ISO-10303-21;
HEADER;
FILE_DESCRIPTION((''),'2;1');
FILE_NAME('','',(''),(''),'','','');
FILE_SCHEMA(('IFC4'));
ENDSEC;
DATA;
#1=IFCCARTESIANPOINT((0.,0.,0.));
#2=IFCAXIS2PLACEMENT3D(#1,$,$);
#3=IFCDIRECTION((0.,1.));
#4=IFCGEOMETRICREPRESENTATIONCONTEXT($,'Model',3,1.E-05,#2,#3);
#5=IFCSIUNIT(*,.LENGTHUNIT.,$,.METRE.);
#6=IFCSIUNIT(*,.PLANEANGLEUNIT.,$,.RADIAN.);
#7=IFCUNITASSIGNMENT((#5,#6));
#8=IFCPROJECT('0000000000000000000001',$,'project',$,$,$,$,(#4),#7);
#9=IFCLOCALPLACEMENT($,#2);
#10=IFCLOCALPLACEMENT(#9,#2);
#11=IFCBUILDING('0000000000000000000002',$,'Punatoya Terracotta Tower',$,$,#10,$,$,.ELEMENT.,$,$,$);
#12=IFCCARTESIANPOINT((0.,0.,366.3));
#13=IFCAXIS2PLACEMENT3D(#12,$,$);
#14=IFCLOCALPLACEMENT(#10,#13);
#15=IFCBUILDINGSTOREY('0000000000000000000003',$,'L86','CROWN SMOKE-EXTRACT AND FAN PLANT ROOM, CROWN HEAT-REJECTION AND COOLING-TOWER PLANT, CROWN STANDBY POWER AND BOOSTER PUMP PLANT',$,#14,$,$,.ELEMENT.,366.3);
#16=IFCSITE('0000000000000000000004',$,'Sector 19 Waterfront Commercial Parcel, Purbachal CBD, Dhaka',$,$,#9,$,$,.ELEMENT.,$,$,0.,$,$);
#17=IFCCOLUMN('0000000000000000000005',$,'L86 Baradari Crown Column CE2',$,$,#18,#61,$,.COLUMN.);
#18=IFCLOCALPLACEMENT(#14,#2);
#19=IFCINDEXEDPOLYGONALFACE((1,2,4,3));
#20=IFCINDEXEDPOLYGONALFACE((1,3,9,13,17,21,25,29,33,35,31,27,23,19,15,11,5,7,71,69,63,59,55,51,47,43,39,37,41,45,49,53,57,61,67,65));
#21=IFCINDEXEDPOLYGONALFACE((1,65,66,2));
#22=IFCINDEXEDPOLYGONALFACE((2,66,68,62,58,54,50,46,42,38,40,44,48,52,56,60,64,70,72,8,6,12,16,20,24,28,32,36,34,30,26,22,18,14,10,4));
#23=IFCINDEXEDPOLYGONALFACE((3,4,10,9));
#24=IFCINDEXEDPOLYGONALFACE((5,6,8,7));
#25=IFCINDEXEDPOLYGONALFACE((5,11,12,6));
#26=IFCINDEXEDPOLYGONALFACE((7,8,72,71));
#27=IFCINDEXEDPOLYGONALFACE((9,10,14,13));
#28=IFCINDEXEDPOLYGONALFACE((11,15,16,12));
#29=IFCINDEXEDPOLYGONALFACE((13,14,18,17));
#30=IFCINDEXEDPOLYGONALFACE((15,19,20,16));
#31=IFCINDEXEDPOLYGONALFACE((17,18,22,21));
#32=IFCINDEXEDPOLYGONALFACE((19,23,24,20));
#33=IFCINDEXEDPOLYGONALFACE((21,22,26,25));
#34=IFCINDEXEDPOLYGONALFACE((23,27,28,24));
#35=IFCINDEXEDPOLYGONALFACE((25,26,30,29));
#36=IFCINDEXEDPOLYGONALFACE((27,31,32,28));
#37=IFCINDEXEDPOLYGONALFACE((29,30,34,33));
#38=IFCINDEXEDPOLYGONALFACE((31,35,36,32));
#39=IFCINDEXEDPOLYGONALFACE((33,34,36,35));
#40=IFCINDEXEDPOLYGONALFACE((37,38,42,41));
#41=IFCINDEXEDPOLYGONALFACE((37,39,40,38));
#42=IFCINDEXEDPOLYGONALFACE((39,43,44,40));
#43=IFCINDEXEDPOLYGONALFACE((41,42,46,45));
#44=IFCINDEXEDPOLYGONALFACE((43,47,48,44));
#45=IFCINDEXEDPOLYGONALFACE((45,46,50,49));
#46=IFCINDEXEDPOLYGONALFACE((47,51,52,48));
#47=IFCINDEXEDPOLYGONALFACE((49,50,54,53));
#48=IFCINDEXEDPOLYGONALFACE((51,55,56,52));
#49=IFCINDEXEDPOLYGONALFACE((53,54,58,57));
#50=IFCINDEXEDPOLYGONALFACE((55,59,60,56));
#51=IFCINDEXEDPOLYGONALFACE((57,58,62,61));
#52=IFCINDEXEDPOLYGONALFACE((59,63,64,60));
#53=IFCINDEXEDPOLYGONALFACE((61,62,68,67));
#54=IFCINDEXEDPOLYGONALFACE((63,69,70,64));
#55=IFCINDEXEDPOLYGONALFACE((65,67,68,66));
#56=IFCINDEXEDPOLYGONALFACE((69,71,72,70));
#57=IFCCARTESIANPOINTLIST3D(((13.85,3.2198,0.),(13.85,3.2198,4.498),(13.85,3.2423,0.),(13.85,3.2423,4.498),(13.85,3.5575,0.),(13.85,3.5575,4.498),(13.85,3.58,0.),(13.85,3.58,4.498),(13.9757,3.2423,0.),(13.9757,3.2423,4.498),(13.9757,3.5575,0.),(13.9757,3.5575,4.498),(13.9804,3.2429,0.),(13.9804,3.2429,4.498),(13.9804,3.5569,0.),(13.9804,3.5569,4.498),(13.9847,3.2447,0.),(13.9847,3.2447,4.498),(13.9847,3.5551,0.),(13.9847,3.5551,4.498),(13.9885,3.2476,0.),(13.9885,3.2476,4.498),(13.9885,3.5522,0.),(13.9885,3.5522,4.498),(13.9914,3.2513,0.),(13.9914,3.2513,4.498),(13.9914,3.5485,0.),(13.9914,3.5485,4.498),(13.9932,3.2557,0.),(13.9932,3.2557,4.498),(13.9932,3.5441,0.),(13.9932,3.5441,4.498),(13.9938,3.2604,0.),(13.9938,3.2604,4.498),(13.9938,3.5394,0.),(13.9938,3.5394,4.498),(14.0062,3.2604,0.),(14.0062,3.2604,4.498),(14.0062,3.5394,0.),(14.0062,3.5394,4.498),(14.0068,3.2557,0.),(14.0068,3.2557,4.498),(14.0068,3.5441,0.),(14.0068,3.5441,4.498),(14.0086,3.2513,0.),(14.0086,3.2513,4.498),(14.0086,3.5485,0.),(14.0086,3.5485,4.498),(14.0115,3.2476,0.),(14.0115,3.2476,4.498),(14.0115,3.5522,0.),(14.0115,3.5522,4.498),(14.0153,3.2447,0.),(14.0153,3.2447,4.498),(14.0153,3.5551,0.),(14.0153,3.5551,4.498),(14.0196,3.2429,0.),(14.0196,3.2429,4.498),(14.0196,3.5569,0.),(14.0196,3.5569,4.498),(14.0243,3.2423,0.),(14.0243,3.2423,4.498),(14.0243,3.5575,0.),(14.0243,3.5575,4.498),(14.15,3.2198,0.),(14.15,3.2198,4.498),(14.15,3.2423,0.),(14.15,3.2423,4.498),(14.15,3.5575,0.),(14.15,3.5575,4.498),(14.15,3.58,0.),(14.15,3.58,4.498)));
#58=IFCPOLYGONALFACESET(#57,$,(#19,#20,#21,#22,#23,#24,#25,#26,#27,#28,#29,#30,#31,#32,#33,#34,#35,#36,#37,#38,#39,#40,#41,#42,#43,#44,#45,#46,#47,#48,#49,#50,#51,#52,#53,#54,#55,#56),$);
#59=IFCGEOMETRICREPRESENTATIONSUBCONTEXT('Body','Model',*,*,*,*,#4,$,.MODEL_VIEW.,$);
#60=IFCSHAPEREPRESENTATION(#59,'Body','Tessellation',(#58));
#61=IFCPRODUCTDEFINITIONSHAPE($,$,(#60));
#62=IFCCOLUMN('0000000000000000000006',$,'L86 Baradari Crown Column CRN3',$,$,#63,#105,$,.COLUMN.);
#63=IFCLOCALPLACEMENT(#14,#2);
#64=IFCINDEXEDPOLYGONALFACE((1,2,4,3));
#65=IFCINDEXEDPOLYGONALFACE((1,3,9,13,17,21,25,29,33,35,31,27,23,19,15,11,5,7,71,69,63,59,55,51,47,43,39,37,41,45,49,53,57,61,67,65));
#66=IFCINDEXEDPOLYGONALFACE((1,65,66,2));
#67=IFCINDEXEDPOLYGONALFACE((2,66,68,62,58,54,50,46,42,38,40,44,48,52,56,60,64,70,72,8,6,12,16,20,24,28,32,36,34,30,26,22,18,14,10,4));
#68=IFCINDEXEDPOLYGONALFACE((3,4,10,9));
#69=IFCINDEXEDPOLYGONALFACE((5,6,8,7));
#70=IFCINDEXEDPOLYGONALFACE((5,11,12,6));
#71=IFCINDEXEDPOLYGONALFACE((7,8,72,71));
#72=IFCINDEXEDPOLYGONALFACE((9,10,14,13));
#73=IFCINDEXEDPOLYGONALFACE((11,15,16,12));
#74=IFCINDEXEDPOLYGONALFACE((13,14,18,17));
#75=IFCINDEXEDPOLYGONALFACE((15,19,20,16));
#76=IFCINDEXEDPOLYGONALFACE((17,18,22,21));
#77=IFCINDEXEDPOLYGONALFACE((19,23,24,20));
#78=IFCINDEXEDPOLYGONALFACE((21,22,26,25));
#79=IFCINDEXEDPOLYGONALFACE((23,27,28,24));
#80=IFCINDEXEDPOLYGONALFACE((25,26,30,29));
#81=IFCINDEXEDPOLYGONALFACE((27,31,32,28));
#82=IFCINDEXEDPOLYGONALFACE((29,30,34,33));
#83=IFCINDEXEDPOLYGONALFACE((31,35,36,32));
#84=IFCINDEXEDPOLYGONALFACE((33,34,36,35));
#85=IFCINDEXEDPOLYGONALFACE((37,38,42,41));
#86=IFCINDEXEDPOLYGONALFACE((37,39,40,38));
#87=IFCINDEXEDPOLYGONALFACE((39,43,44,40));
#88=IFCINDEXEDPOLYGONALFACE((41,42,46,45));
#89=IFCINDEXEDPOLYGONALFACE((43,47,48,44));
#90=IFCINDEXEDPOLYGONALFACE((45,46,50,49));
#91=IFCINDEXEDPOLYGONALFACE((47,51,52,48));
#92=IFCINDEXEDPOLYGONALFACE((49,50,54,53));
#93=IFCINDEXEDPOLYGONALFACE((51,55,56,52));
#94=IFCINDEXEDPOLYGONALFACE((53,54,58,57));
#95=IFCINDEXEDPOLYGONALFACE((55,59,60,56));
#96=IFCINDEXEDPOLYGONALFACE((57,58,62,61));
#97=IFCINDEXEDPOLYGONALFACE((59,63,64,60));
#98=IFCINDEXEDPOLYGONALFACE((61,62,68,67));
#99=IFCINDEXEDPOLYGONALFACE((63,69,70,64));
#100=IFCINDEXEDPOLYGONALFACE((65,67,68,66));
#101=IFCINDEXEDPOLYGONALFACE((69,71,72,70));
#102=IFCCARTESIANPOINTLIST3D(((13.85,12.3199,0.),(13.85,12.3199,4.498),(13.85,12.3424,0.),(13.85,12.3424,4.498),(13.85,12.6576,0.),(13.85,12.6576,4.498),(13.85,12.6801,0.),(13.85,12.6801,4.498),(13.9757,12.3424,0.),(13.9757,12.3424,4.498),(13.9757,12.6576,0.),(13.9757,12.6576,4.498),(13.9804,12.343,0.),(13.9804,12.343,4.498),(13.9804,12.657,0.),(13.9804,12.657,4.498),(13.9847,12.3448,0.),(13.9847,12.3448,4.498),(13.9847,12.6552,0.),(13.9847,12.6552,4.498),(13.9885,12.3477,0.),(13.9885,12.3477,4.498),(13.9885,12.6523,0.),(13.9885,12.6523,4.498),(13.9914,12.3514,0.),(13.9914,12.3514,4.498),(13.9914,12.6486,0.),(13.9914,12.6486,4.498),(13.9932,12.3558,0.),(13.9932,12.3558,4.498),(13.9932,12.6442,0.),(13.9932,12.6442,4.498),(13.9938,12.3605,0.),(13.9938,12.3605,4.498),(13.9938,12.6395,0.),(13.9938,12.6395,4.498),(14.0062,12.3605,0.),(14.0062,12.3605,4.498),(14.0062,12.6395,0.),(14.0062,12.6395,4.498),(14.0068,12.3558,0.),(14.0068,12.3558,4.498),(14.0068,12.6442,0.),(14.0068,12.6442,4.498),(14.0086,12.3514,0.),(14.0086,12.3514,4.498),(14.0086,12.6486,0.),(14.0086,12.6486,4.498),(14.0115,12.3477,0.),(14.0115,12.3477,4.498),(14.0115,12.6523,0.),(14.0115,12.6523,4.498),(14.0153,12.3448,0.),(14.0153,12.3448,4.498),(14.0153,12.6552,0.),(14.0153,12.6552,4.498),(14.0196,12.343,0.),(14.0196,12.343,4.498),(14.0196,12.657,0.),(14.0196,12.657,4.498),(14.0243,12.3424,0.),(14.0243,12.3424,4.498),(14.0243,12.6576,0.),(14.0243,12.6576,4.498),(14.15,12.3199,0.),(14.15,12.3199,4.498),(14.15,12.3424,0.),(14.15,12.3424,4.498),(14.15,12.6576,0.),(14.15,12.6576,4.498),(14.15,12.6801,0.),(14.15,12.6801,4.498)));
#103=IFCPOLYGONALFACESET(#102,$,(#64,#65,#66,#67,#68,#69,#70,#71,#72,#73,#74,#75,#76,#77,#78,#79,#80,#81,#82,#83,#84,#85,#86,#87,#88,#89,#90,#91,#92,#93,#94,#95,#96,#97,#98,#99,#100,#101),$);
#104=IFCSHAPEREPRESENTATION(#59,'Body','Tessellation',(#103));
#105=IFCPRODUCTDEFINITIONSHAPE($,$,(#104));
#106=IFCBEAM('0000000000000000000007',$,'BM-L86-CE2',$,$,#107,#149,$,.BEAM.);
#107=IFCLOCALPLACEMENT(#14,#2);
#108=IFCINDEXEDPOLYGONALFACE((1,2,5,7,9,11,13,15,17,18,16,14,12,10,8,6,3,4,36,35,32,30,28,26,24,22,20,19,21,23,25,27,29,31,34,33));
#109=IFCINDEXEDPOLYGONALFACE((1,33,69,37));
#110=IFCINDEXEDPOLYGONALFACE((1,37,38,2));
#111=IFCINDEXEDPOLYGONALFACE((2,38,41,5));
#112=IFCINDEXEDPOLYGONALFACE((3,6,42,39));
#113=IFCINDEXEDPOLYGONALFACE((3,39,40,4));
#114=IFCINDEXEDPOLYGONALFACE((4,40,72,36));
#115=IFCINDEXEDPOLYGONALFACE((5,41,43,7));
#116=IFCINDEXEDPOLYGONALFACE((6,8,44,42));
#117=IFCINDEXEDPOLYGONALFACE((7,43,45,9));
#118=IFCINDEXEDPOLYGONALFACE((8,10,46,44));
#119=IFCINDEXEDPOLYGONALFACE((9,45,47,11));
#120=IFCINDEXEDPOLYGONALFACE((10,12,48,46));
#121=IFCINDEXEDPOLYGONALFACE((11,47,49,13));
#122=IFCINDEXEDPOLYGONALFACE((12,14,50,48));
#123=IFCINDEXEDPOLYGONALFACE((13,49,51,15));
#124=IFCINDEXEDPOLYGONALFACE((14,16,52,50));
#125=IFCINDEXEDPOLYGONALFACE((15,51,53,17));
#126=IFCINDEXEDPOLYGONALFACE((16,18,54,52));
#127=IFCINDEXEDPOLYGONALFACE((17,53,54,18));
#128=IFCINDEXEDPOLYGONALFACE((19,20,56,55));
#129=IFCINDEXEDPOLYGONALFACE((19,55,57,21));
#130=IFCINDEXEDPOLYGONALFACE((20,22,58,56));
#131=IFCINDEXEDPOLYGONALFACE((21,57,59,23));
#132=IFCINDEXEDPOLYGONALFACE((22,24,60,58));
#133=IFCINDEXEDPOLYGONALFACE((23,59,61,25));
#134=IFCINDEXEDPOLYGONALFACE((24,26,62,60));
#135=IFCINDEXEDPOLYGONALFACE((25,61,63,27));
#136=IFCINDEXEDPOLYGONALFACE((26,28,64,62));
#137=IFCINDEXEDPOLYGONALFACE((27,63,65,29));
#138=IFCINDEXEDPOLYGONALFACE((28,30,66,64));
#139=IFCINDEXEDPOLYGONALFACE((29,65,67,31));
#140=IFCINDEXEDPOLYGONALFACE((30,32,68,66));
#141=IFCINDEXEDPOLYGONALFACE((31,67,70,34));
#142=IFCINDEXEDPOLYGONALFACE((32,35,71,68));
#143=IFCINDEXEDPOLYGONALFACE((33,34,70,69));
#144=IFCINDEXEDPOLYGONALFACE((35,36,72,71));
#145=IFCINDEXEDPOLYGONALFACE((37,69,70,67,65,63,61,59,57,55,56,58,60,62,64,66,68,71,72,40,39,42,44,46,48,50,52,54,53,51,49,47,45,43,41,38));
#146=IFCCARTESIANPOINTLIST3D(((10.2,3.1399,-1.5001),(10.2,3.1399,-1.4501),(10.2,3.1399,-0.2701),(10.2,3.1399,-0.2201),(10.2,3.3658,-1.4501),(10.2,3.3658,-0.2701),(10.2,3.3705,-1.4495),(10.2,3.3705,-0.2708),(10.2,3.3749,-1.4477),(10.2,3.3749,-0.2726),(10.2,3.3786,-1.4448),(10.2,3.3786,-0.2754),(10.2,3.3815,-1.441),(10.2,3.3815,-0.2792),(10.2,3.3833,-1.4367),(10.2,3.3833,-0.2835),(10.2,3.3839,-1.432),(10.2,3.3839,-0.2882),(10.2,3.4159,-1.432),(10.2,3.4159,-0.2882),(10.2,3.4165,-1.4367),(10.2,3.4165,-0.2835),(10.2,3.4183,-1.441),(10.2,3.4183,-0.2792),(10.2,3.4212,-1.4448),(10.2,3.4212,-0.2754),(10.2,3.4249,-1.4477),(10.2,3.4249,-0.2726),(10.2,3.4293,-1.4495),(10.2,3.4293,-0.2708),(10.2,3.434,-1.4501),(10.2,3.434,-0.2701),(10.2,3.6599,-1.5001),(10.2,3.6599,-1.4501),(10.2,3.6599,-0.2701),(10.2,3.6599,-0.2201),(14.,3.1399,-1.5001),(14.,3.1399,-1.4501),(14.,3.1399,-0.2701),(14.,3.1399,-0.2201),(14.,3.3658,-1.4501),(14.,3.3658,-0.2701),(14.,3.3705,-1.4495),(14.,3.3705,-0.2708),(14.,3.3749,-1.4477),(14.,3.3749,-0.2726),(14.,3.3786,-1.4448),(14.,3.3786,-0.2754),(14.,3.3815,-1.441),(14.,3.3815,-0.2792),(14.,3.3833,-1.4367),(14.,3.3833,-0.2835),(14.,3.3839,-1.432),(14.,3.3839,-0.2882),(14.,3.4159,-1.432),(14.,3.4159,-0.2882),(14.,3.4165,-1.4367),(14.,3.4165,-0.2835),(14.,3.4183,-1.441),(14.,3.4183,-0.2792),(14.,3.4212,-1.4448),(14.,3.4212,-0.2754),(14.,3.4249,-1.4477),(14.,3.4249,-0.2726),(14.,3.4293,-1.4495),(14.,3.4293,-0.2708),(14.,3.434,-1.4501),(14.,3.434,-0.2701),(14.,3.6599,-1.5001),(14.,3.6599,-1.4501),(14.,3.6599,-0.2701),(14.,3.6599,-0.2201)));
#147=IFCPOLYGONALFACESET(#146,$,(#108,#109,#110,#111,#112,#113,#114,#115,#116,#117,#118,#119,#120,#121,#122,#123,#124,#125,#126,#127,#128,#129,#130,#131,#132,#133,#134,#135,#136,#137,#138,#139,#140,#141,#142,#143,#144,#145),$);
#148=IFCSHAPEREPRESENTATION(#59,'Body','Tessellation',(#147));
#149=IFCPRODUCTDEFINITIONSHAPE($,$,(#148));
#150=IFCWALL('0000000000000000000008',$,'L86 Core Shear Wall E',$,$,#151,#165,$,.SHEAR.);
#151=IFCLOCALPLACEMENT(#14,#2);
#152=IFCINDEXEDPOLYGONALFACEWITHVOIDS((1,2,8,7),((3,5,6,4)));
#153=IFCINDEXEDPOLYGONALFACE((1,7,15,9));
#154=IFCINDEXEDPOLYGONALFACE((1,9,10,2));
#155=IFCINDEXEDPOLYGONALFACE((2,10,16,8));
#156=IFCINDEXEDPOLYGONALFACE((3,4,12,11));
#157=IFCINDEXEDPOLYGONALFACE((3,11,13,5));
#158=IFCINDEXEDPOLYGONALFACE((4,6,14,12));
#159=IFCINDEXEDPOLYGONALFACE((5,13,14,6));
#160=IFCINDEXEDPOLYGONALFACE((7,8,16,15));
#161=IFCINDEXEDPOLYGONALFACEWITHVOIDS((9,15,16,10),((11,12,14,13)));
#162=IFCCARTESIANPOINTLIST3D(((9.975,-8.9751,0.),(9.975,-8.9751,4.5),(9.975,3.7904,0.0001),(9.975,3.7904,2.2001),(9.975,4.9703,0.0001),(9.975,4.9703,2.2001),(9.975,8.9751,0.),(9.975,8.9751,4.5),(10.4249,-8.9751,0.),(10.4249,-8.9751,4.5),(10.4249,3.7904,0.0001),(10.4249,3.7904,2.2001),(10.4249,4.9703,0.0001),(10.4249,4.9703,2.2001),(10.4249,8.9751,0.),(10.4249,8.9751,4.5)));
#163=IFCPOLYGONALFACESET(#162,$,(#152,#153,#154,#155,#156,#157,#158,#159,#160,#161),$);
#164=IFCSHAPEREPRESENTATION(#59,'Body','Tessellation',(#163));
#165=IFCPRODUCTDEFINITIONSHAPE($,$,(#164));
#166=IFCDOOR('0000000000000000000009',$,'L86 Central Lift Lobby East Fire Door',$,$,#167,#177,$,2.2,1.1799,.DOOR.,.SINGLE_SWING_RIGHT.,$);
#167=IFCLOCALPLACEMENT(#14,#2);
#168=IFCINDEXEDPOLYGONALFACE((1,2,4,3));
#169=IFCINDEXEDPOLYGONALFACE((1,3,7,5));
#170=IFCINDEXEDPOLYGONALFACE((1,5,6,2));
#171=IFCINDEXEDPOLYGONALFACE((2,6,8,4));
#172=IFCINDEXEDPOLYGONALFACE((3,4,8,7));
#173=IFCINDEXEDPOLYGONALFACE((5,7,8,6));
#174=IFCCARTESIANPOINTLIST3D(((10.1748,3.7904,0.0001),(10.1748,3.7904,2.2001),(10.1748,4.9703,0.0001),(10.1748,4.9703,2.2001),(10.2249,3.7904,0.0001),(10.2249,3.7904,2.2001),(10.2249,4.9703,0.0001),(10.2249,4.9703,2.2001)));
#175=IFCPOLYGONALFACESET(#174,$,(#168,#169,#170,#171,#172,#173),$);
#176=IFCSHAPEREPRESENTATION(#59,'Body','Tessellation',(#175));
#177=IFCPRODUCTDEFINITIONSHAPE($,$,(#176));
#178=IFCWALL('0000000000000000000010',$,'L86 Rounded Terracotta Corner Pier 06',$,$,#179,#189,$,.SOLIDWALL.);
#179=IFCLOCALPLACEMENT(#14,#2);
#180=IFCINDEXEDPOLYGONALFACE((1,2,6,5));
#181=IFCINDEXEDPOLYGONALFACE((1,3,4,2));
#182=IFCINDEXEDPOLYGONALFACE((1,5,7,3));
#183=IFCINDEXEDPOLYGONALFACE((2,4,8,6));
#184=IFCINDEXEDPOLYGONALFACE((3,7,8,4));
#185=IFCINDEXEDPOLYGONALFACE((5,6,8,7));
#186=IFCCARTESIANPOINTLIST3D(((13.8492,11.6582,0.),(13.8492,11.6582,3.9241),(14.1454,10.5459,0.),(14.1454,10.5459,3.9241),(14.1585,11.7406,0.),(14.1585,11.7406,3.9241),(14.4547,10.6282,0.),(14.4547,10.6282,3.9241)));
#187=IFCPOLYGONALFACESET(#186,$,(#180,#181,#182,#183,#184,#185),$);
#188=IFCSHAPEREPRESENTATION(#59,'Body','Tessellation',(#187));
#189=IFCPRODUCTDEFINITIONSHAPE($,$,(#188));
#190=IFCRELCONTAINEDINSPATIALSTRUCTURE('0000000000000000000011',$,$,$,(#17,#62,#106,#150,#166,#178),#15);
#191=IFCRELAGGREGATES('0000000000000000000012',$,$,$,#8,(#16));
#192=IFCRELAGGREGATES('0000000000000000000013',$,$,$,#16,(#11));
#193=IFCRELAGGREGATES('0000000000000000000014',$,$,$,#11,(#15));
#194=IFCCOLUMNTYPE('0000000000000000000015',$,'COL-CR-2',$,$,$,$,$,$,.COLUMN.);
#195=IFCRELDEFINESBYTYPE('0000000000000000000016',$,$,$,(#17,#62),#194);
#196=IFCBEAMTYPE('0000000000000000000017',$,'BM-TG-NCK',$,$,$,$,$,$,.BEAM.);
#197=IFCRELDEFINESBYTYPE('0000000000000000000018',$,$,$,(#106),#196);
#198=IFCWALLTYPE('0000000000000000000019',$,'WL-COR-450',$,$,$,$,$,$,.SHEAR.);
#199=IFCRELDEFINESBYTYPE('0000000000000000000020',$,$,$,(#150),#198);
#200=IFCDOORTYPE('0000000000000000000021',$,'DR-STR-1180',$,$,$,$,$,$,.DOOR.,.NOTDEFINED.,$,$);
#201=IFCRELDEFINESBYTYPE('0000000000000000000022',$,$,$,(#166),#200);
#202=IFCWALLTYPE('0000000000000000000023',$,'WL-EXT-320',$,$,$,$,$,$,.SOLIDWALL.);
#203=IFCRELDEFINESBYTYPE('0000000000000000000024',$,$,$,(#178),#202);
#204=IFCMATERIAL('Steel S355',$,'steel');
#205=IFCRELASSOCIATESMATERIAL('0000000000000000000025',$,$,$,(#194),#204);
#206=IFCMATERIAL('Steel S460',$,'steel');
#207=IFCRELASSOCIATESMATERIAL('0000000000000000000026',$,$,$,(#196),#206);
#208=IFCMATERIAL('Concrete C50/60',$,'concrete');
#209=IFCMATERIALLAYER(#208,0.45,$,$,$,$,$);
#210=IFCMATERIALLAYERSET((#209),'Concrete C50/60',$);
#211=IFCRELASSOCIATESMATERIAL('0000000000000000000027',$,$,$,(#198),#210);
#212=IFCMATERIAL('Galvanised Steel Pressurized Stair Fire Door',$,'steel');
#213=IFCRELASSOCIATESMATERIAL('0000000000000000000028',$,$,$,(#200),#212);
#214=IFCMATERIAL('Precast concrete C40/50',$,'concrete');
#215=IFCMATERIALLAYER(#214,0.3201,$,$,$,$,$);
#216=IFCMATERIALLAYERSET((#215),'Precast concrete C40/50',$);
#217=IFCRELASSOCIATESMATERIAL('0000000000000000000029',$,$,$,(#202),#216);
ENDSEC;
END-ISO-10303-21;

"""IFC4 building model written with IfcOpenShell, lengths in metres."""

from ifc_helpers import new_model, si_unit, direction, frame, frame_2d, origin, origin_2d, place, context, subcontext, project, spatial, rectangle, i_section, extrude, material, layer, layer_set, material_profile, profile_set, type_object, element, fill, save


model = new_model("IFC4")

# Units and contexts
model_context = context("Model", 3, precision=1e-05, world=origin(), true_north=direction((0.0, 1.0)))
body_context = subcontext(model_context, "Body", "Model", "MODEL_VIEW")
ifc_project = project(units=[si_unit("LENGTHUNIT", "METRE"), si_unit("PLANEANGLEUNIT", "RADIAN")], contexts=[model_context])

# Site, building, storey
site_placement = place(None, origin())
site = spatial("IfcSite", under=ifc_project, at=site_placement, Name="Sector 19 Waterfront Commercial Parcel, Purbachal CBD, Dhaka", CompositionType="ELEMENT", RefElevation=0.0)
building_placement = place(site_placement, origin())
building = spatial("IfcBuilding", under=site, at=building_placement, Name="Punatoya Terracotta Tower", CompositionType="ELEMENT")
storey_placement = place(building_placement, frame((0.0, 0.0, 366.3)))
storey = spatial("IfcBuildingStorey", under=building, at=storey_placement, Name="L86", Description="CROWN SMOKE-EXTRACT AND FAN PLANT ROOM, CROWN HEAT-REJECTION AND COOLING-TOWER PLANT, CROWN STANDBY POWER AND BOOSTER PUMP PLANT", CompositionType="ELEMENT", Elevation=366.3)

# Columns
ifc_material_1 = material(Name="Steel S355", Category="steel")
ifc_material_profile_1 = material_profile(ifc_material_1, i_section(OverallWidth=0.3, OverallDepth=0.3601, WebThickness=0.0125, FlangeThickness=0.0225, FilletRadius=0.0181, at=origin_2d()))
ifc_profile_set_1 = profile_set([ifc_material_profile_1], Name="Steel S355")
column_type = type_object("IfcColumnType", Name="COL-CR-2", PredefinedType="COLUMN", material=ifc_profile_set_1)
for number, where, z_axis, x_axis, name in (
    (1, (14.0, 3.3999, 0.0), (0.0, 0.0, 1.0), (1.0, 0.0, 0.0), "L86 Baradari Crown Column CE2"),
    (2, (14.0, 12.5, 0.0), (0.0, 0.0, 1.0), (1.0, 0.0, 0.0), "L86 Baradari Crown Column CRN3"),
):
    element("IfcColumn", number, at=place(storey_placement, frame(where, z_axis=z_axis, x_axis=x_axis)), inside=storey, type_object=column_type, Name=name, PredefinedType="COLUMN", context=body_context, shape_type="SweptSolid", body=[
        extrude(i_section(OverallWidth=0.3, OverallDepth=0.3601, WebThickness=0.0125, FlangeThickness=0.0225, FilletRadius=0.0181, at=origin_2d()), origin(), (0.0, 0.0, 1.0), 4.498),
    ])

# Beam
ifc_material_2 = material(Name="Steel S460", Category="steel")
ifc_material_profile_2 = material_profile(ifc_material_2, i_section(OverallWidth=0.52, OverallDepth=1.28, WebThickness=0.032, FlangeThickness=0.05, FilletRadius=0.0181, at=origin_2d()))
ifc_profile_set_2 = profile_set([ifc_material_profile_2], Name="Steel S460")
beam_type = type_object("IfcBeamType", Name="BM-TG-NCK", PredefinedType="BEAM", material=ifc_profile_set_2)
beam_placement = place(storey_placement, frame((10.2, 3.3999, -0.8601), z_axis=(1.0, 0.0, 0.0), x_axis=(0.0, 1.0, 0.0)))
element("IfcBeam", 3, at=beam_placement, inside=storey, type_object=beam_type, Name="BM-L86-CE2", PredefinedType="BEAM", context=body_context, shape_type="SweptSolid", body=[
    extrude(i_section(OverallWidth=0.52, OverallDepth=1.28, WebThickness=0.032, FlangeThickness=0.05, FilletRadius=0.0181, at=origin_2d()), origin(), (0.0, 0.0, 1.0), 3.8),
])

# Wall, opening, door
ifc_material_3 = material(Name="Concrete C50/60", Category="concrete")
ifc_layer_1 = layer(ifc_material_3, 0.45)
ifc_layer_set_1 = layer_set([ifc_layer_1], Name="Concrete C50/60")
wall_type_1 = type_object("IfcWallType", Name="WL-COR-450", PredefinedType="SHEAR", material=ifc_layer_set_1)
wall_1_placement = place(storey_placement, frame((10.2, 8.9751, 0.0), z_axis=(0.0, 0.0, 1.0), x_axis=(0.0, -1.0, 0.0)))
wall_1 = element("IfcWall", 4, at=wall_1_placement, inside=storey, type_object=wall_type_1, Name="L86 Core Shear Wall E", PredefinedType="SHEAR", context=body_context, shape_type="SweptSolid", body=[
    extrude(rectangle(XDim=17.9502, YDim=0.45, at=frame_2d((8.9751, 0.0))), origin(), (0.0, 0.0, 1.0), 4.5),
])
opening_1_placement = place(wall_1_placement, frame((4.0049, 0.0, 0.0)))
opening_1 = element("IfcOpeningElement", 5, at=opening_1_placement, cuts=wall_1, PredefinedType="OPENING", context=body_context, shape_type="SweptSolid", body=[
    extrude(rectangle(XDim=1.1799, YDim=2.2, at=frame_2d((0.5898, 1.1001))), frame((0.0, 0.2349, 0.0), z_axis=(0.0, -1.0, 0.0), x_axis=(1.0, 0.0, 0.0)), (0.0, 0.0, 1.0), 0.47),
])
ifc_material_4 = material(Name="Galvanised Steel Pressurized Stair Fire Door", Category="steel")
door_type_1 = type_object("IfcDoorType", Name="DR-STR-1180", OperationType="NOTDEFINED", PredefinedType="DOOR", material=ifc_material_4)
door_1_placement = place(opening_1_placement, origin())
door_1 = element("IfcDoor", 6, at=door_1_placement, inside=storey, type_object=door_type_1, Name="L86 Central Lift Lobby East Fire Door", OperationType="SINGLE_SWING_RIGHT", OverallHeight=2.2, OverallWidth=1.1799, PredefinedType="DOOR", context=body_context, shape_type="SweptSolid", body=[
    extrude(rectangle(XDim=1.1799, YDim=2.2, at=frame_2d((0.5898, 1.1001))), frame((0.0, 0.0249, 0.0), z_axis=(0.0, -1.0, 0.0), x_axis=(1.0, 0.0, 0.0)), (0.0, 0.0, 1.0), 0.05),
])
fill(opening_1, door_1)

# Wall
ifc_material_5 = material(Name="Precast concrete C40/50", Category="concrete")
ifc_layer_2 = layer(ifc_material_5, 0.3201)
ifc_layer_set_2 = layer_set([ifc_layer_2], Name="Precast concrete C40/50")
wall_type_2 = type_object("IfcWallType", Name="WL-EXT-320", PredefinedType="SOLIDWALL", material=ifc_layer_set_2)
wall_2_placement = place(storey_placement, frame((14.3, 10.5869, 0.0), z_axis=(0.0, 0.0, 1.0), x_axis=(-0.25728, 0.966337, 0.0)))
element("IfcWall", 7, at=wall_2_placement, inside=storey, type_object=wall_type_2, Name="L86 Rounded Terracotta Corner Pier 06", PredefinedType="SOLIDWALL", context=body_context, shape_type="SweptSolid", body=[
    extrude(rectangle(XDim=1.1511, YDim=0.3201, at=frame_2d((0.5757, 0.0))), origin(), (0.0, 0.0, 1.0), 3.9241),
])

save(model, "model.ifc")
